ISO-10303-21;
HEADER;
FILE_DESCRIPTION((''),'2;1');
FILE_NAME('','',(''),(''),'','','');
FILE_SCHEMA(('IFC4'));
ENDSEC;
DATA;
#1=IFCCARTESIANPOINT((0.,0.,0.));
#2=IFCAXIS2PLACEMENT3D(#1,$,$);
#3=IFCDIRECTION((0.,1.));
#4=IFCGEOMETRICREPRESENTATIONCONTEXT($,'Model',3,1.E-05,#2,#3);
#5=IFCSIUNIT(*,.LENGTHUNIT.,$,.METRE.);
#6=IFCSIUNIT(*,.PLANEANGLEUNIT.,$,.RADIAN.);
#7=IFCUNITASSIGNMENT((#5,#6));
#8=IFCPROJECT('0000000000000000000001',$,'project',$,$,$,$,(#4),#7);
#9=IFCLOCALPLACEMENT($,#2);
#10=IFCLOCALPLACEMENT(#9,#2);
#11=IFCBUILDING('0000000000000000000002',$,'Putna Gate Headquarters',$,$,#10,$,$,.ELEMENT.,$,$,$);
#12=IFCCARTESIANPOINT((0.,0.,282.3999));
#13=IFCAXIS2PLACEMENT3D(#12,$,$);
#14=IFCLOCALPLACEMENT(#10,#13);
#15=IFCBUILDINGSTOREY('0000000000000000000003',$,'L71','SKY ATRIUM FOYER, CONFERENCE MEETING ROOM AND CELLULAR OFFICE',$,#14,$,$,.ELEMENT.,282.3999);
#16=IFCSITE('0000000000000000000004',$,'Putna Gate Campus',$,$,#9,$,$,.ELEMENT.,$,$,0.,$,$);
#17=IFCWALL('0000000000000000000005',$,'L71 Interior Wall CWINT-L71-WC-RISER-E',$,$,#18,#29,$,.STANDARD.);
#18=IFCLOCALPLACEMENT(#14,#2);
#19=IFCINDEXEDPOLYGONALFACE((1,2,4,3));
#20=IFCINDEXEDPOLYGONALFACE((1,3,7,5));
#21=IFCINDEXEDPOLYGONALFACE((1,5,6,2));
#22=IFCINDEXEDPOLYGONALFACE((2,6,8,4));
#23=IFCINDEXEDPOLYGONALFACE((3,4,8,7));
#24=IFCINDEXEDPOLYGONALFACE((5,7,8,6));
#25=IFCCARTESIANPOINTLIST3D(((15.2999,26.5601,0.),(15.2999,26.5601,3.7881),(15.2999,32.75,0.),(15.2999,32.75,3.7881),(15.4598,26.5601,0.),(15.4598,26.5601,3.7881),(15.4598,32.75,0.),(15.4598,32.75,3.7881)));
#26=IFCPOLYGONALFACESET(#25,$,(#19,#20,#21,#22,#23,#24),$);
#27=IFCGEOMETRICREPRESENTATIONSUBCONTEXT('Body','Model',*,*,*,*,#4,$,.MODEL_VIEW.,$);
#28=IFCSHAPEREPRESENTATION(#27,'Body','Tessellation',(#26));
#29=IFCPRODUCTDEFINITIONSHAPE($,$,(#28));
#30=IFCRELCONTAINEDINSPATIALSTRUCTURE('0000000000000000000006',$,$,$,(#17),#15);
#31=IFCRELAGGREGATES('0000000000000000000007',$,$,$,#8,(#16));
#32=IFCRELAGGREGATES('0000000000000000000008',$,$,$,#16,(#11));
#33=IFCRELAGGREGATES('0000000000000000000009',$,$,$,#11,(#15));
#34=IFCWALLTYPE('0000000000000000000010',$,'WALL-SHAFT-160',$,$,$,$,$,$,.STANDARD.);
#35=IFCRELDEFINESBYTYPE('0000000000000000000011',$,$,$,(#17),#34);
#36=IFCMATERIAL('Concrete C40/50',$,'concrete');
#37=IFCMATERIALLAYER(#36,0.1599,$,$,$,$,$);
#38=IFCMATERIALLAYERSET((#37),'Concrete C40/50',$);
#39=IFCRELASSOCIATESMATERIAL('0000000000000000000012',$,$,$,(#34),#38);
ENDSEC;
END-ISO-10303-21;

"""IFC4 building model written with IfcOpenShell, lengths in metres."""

from ifc_helpers import new_model, si_unit, direction, frame, frame_2d, origin, place, context, subcontext, project, spatial, rectangle, extrude, material, layer, layer_set, type_object, element, save


model = new_model("IFC4")

# Units and contexts
model_context = context("Model", 3, precision=1e-05, world=origin(), true_north=direction((0.0, 1.0)))
body_context = subcontext(model_context, "Body", "Model", "MODEL_VIEW")
ifc_project = project(units=[si_unit("LENGTHUNIT", "METRE"), si_unit("PLANEANGLEUNIT", "RADIAN")], contexts=[model_context])

# Site, building, storey
site_placement = place(None, origin())
site = spatial("IfcSite", under=ifc_project, at=site_placement, Name="Putna Gate Campus", CompositionType="ELEMENT", RefElevation=0.0)
building_placement = place(site_placement, origin())
building = spatial("IfcBuilding", under=site, at=building_placement, Name="Putna Gate Headquarters", CompositionType="ELEMENT")
storey_placement = place(building_placement, frame((0.0, 0.0, 282.3999)))
storey = spatial("IfcBuildingStorey", under=building, at=storey_placement, Name="L71", Description="SKY ATRIUM FOYER, CONFERENCE MEETING ROOM AND CELLULAR OFFICE", CompositionType="ELEMENT", Elevation=282.3999)

# Shared definitions
ifc_material_1 = material(Name="Concrete C40/50", Category="concrete")
ifc_layer_1 = layer(ifc_material_1, 0.1599)
ifc_layer_set_1 = layer_set([ifc_layer_1], Name="Concrete C40/50")
wall_type_1 = type_object("IfcWallType", Name="WALL-SHAFT-160", PredefinedType="STANDARD", material=ifc_layer_set_1)

# Wall
wall_1_placement = place(storey_placement, frame((15.3799, 26.5601, 0.0), z_axis=(0.0, 0.0, 1.0), x_axis=(0.0, 1.0, 0.0)))
element("IfcWall", 1, at=wall_1_placement, inside=storey, type_object=wall_type_1, Name="L71 Interior Wall CWINT-L71-WC-RISER-E", PredefinedType="STANDARD", context=body_context, shape_type="SweptSolid", body=[
    extrude(rectangle(XDim=6.1899, YDim=0.1599, at=frame_2d((3.095, 0.0))), origin(), (0.0, 0.0, 1.0), 3.7881),
])

save(model, "model.ifc")
